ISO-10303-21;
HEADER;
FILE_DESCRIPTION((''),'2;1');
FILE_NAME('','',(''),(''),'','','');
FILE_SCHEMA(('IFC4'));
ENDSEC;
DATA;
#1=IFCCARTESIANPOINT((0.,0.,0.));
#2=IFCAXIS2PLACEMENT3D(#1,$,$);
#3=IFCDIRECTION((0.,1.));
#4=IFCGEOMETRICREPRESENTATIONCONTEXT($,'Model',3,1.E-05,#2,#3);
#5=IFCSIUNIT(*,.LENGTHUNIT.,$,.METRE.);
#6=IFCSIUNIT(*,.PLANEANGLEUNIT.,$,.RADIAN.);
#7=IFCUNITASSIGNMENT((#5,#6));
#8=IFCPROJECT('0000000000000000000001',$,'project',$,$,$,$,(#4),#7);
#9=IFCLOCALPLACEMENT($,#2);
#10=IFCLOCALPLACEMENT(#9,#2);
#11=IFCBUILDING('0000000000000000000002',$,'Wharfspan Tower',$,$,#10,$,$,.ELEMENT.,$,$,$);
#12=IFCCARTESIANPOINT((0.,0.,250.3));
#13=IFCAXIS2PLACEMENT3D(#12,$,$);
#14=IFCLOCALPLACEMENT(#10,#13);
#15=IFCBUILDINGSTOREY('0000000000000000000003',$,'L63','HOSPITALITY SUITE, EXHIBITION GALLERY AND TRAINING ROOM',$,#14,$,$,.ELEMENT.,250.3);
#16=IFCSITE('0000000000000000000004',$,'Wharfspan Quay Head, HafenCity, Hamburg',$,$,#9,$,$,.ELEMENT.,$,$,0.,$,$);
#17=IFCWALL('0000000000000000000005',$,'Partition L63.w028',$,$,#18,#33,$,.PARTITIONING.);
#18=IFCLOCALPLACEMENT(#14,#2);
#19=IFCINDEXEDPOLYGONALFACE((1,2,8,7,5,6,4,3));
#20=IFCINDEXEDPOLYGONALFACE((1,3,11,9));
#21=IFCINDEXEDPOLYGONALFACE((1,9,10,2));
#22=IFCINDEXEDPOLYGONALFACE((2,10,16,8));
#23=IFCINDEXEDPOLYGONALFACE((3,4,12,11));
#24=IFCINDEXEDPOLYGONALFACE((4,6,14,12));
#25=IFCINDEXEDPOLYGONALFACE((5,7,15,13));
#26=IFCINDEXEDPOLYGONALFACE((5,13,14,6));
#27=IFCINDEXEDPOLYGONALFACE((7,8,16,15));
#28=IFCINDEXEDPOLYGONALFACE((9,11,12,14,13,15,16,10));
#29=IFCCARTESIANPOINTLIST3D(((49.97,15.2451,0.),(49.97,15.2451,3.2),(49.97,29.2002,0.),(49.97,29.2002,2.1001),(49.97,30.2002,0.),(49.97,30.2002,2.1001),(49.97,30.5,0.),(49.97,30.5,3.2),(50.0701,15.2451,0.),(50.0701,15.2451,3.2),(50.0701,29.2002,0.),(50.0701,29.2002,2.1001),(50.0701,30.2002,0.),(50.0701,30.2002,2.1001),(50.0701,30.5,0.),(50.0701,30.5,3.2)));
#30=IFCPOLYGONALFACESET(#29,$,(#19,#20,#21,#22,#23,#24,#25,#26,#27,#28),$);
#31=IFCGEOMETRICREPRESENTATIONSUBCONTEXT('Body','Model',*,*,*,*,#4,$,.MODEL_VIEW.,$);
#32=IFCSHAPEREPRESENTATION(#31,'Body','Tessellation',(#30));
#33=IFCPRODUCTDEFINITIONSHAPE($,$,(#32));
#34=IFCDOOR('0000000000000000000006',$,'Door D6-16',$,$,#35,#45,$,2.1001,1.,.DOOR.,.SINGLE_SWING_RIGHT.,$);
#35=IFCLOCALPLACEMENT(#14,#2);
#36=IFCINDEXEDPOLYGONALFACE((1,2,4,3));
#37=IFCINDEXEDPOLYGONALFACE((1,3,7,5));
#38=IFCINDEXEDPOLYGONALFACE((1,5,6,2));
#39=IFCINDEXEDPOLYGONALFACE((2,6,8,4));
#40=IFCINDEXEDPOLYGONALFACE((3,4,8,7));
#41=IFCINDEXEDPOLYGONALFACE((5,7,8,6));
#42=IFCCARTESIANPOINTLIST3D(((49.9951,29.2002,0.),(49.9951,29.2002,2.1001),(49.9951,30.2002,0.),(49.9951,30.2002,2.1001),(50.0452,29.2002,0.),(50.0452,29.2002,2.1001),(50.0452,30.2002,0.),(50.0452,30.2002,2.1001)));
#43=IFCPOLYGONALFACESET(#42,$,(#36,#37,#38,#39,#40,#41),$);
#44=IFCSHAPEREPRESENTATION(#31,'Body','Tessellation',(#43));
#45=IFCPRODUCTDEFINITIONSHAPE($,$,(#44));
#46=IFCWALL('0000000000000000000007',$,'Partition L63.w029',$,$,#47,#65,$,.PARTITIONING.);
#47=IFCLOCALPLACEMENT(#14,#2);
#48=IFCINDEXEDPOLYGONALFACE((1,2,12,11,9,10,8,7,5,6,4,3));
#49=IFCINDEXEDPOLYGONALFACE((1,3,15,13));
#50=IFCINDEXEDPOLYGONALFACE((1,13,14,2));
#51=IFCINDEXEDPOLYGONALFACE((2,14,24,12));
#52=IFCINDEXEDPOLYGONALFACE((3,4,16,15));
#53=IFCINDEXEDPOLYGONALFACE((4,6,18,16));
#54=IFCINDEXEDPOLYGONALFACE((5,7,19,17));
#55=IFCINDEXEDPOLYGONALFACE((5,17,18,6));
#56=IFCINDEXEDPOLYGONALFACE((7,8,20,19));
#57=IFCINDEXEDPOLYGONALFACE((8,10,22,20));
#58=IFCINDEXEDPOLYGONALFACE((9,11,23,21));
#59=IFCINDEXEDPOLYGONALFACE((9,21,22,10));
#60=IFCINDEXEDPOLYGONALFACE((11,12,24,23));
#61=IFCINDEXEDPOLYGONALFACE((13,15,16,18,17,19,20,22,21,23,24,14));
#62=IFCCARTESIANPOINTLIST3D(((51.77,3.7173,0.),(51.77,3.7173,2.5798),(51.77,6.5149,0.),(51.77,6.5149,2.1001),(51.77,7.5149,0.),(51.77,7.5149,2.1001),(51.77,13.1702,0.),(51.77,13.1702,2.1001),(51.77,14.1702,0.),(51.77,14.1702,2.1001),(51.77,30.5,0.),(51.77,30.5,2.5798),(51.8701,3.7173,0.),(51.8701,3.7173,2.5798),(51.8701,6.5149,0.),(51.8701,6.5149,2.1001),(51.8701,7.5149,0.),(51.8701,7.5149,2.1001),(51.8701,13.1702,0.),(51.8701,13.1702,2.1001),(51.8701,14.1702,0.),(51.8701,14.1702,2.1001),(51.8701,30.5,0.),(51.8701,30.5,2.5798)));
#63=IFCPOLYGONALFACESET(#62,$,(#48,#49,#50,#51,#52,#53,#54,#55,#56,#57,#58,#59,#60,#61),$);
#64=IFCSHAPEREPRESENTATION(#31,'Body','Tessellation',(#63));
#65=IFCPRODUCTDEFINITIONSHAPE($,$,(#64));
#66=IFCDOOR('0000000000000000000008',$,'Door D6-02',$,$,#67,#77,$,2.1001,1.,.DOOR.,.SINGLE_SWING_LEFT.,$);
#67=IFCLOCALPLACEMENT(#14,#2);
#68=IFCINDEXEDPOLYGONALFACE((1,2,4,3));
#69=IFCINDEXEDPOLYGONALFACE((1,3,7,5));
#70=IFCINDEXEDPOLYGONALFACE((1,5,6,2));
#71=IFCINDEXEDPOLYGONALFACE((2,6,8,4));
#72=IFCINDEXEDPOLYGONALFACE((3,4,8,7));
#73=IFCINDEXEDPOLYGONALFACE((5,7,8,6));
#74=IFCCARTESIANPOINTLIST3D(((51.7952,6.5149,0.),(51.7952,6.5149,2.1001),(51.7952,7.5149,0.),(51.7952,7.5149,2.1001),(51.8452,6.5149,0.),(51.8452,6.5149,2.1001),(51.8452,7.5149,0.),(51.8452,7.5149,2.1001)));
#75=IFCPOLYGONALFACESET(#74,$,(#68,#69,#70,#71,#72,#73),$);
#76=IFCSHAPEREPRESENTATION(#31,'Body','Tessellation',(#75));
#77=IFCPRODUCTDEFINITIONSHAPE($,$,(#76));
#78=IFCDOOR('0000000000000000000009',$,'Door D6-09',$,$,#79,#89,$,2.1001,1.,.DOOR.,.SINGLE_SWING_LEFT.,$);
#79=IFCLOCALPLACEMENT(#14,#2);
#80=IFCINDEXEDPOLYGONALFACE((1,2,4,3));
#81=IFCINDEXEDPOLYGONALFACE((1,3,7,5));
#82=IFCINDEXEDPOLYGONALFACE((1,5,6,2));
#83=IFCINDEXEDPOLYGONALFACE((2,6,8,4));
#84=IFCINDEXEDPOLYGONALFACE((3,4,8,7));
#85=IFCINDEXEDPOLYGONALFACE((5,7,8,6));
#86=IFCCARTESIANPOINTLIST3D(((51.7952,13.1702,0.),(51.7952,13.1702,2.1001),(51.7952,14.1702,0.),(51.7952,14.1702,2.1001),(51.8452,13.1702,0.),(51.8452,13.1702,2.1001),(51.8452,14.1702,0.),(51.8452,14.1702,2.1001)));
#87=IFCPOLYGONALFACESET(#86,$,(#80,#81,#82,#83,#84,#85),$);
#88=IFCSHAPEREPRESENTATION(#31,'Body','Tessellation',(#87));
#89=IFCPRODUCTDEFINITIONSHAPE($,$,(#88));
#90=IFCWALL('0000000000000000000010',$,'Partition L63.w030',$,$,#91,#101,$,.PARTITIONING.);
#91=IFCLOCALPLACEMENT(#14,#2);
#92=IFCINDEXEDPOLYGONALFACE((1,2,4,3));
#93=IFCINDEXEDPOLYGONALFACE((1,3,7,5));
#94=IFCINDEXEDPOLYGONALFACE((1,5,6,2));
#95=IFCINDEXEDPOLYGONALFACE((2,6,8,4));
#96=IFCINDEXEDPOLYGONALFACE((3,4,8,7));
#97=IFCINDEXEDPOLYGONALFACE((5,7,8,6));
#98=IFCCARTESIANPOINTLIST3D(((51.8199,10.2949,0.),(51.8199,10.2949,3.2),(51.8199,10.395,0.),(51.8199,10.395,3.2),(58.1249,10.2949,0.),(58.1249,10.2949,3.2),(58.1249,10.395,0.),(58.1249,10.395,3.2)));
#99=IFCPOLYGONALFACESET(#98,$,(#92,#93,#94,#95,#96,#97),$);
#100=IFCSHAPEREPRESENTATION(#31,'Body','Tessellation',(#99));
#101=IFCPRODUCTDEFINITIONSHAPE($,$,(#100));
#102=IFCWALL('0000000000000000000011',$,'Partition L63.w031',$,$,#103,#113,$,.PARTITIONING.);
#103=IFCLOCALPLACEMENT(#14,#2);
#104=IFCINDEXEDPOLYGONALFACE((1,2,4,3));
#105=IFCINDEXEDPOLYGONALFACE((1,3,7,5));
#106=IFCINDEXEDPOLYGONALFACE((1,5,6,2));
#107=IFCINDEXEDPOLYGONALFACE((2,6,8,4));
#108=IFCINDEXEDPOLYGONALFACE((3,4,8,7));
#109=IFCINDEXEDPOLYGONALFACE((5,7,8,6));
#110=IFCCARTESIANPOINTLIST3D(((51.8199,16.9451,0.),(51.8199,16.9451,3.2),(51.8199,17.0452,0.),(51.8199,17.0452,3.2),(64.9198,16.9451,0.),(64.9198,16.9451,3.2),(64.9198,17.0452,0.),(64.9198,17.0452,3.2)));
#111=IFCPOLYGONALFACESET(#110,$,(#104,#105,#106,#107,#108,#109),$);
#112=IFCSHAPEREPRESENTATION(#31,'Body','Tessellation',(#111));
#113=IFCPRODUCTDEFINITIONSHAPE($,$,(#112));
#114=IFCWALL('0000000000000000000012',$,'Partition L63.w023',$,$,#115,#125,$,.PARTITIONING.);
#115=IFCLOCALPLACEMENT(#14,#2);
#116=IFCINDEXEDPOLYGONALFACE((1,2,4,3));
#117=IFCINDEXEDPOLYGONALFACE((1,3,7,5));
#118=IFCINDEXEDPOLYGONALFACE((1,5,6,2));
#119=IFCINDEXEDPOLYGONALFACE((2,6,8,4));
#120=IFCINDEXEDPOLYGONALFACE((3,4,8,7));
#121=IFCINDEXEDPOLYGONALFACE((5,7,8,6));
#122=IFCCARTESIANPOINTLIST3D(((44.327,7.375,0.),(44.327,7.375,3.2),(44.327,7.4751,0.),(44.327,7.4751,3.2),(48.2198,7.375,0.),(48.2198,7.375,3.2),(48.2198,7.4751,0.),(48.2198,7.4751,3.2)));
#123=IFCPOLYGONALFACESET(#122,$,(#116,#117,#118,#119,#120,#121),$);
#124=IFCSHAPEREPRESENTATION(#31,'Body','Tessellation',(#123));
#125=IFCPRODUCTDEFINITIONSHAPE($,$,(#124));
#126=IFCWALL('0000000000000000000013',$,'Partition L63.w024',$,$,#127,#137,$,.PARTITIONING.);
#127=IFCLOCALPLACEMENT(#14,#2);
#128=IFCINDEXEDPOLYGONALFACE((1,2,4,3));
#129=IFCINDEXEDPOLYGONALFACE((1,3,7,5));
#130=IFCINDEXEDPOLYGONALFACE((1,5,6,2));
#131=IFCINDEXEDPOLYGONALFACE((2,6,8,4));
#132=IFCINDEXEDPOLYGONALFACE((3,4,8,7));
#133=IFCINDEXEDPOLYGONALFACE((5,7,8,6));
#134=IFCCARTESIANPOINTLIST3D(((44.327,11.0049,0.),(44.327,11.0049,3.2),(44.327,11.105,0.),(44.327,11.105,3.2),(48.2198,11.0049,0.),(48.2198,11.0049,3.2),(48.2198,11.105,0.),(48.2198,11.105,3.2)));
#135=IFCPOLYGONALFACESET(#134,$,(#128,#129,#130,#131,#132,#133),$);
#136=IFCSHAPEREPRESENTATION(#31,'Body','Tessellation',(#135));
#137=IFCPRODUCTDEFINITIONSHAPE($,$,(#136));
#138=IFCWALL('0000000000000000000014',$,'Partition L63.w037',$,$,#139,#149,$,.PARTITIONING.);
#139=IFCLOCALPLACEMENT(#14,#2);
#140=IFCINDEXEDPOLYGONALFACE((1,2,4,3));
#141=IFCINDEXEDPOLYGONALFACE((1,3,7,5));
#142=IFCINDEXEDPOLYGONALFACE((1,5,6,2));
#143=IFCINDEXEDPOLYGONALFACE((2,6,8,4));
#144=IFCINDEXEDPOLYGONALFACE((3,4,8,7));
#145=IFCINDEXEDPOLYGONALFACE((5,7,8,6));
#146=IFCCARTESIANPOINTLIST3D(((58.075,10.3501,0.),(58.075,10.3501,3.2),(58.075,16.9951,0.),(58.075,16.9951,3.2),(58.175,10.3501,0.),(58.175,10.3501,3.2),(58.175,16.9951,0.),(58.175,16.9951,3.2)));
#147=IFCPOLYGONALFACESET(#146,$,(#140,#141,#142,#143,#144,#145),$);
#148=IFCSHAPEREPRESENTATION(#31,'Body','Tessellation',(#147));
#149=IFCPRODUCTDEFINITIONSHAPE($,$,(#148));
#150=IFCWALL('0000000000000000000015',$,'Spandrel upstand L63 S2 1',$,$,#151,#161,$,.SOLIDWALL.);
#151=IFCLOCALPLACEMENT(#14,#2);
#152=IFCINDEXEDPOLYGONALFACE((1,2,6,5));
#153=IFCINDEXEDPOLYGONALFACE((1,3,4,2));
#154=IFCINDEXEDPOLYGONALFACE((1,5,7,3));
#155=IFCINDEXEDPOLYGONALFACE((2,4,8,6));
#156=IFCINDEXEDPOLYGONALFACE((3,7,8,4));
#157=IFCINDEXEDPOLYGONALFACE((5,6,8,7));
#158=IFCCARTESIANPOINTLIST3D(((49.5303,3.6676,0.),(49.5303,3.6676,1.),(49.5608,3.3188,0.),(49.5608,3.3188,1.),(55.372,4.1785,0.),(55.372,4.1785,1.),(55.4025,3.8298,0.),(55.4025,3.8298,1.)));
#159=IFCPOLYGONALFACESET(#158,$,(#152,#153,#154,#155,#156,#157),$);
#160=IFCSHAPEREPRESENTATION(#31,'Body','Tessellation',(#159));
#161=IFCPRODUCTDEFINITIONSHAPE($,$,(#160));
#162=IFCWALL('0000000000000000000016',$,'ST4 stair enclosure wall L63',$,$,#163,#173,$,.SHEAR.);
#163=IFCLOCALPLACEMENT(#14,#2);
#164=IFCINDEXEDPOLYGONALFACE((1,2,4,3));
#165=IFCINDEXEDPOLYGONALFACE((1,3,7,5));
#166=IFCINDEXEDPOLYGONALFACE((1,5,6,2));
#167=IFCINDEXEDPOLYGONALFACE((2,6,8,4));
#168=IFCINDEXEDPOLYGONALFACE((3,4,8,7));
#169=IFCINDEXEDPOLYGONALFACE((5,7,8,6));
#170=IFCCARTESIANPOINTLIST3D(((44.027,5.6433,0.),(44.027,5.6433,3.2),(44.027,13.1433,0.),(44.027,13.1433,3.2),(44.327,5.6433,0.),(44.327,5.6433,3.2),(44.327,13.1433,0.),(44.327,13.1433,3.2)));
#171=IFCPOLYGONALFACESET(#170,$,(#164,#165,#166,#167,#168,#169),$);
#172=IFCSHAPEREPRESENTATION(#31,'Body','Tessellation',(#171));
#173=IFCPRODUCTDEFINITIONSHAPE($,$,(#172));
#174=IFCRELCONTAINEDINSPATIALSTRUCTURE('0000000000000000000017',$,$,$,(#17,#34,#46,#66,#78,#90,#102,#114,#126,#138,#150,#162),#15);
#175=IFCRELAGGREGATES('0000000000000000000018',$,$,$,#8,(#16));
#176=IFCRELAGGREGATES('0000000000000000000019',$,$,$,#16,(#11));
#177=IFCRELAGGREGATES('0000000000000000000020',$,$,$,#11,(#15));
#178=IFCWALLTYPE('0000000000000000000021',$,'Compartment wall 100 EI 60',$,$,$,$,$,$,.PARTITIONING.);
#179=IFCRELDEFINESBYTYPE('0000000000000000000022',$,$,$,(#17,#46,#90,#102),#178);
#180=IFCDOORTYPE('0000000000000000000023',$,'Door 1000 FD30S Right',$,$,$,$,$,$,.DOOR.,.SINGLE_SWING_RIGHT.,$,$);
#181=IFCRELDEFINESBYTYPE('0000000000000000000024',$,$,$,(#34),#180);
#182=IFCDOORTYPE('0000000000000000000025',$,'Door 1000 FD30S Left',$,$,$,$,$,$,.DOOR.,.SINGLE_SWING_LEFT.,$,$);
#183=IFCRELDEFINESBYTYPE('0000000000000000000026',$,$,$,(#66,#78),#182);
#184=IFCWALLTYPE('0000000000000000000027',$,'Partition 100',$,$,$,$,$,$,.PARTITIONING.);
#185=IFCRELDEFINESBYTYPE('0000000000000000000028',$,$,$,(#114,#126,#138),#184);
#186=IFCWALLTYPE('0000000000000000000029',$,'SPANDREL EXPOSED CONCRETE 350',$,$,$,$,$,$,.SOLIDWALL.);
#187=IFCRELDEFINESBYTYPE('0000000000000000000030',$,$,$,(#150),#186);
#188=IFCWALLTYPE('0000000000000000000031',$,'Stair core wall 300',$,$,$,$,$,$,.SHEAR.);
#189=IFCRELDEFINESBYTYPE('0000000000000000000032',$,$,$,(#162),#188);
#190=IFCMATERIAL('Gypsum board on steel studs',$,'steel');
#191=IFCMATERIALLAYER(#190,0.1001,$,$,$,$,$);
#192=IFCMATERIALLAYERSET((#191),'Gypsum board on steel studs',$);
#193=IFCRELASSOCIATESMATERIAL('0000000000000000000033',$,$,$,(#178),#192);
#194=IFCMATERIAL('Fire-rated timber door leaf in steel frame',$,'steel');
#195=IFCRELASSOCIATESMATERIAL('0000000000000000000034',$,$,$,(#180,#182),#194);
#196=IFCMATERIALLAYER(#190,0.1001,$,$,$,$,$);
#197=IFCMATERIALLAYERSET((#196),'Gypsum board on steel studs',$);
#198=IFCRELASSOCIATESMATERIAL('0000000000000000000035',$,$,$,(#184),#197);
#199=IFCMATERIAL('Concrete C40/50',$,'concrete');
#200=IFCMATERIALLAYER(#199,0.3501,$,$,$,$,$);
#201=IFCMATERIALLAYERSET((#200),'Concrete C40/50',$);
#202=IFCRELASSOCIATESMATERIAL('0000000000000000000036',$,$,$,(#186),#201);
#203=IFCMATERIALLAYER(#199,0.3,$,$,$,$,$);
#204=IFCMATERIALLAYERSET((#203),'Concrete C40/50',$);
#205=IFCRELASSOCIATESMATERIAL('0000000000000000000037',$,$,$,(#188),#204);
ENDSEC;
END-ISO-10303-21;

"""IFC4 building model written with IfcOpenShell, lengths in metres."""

from ifc_helpers import new_model, si_unit, direction, frame, frame_2d, origin, place, context, subcontext, project, spatial, rectangle, extrude, material, layer, layer_set, type_object, element, fill, save


model = new_model("IFC4")

# Units and contexts
model_context = context("Model", 3, precision=1e-05, world=origin(), true_north=direction((0.0, 1.0)))
body_context = subcontext(model_context, "Body", "Model", "MODEL_VIEW")
ifc_project = project(units=[si_unit("LENGTHUNIT", "METRE"), si_unit("PLANEANGLEUNIT", "RADIAN")], contexts=[model_context])

# Site, building, storey
site_placement = place(None, origin())
site = spatial("IfcSite", under=ifc_project, at=site_placement, Name="Wharfspan Quay Head, HafenCity, Hamburg", CompositionType="ELEMENT", RefElevation=0.0)
building_placement = place(site_placement, origin())
building = spatial("IfcBuilding", under=site, at=building_placement, Name="Wharfspan Tower", CompositionType="ELEMENT")
storey_placement = place(building_placement, frame((0.0, 0.0, 250.3)))
storey = spatial("IfcBuildingStorey", under=building, at=storey_placement, Name="L63", Description="HOSPITALITY SUITE, EXHIBITION GALLERY AND TRAINING ROOM", CompositionType="ELEMENT", Elevation=250.3)

# Shared definitions
ifc_material_1 = material(Name="Gypsum board on steel studs", Category="steel")
ifc_layer_1 = layer(ifc_material_1, 0.1001)
ifc_layer_set_1 = layer_set([ifc_layer_1], Name="Gypsum board on steel studs")
wall_type_1 = type_object("IfcWallType", Name="Compartment wall 100 EI 60", PredefinedType="PARTITIONING", material=ifc_layer_set_1)

# Wall, opening, door
ifc_material_2 = material(Name="Fire-rated timber door leaf in steel frame", Category="steel")
wall_1_placement = place(storey_placement, frame((50.02, 15.2451, 0.0), z_axis=(0.0, 0.0, 1.0), x_axis=(0.0, 1.0, 0.0)))
wall_1 = element("IfcWall", 1, at=wall_1_placement, inside=storey, type_object=wall_type_1, Name="Partition L63.w028", PredefinedType="PARTITIONING", context=body_context, shape_type="SweptSolid", body=[
    extrude(rectangle(XDim=15.2549, YDim=0.1001, at=frame_2d((7.6274, 0.0))), origin(), (0.0, 0.0, 1.0), 3.2),
])
opening_1_placement = place(wall_1_placement, frame((13.9551, 0.0, 0.0)))
opening_1 = element("IfcOpeningElement", 2, at=opening_1_placement, cuts=wall_1, PredefinedType="OPENING", context=body_context, shape_type="SweptSolid", body=[
    extrude(rectangle(XDim=1.0, YDim=2.1001, at=frame_2d((0.5, 1.05))), frame((0.0, 0.0601, 0.0), z_axis=(0.0, -1.0, 0.0), x_axis=(1.0, 0.0, 0.0)), (0.0, 0.0, 1.0), 0.1201),
])
door_type_1 = type_object("IfcDoorType", Name="Door 1000 FD30S Right", OperationType="SINGLE_SWING_RIGHT", PredefinedType="DOOR", material=ifc_material_2)
door_1_placement = place(opening_1_placement, origin())
door_1 = element("IfcDoor", 3, at=door_1_placement, inside=storey, type_object=door_type_1, Name="Door D6-16", OperationType="SINGLE_SWING_RIGHT", OverallHeight=2.1001, OverallWidth=1.0, PredefinedType="DOOR", context=body_context, shape_type="SweptSolid", body=[
    extrude(rectangle(XDim=1.0, YDim=2.1001, at=frame_2d((0.5, 1.05))), frame((0.0, 0.0249, 0.0), z_axis=(0.0, -1.0, 0.0), x_axis=(1.0, 0.0, 0.0)), (0.0, 0.0, 1.0), 0.05),
])
fill(opening_1, door_1)

# Wall, openings, doors
wall_2_placement = place(storey_placement, frame((51.8201, 3.7173, 0.0), z_axis=(0.0, 0.0, 1.0), x_axis=(0.0, 1.0, 0.0)))
wall_2 = element("IfcWall", 4, at=wall_2_placement, inside=storey, type_object=wall_type_1, Name="Partition L63.w029", PredefinedType="PARTITIONING", context=body_context, shape_type="SweptSolid", body=[
    extrude(rectangle(XDim=26.7827, YDim=0.1001, at=frame_2d((13.3914, 0.0))), origin(), (0.0, 0.0, 1.0), 2.5798),
])
opening_2_placement = place(wall_2_placement, frame((2.7976, 0.0, 0.0)))
opening_2 = element("IfcOpeningElement", 5, at=opening_2_placement, cuts=wall_2, PredefinedType="OPENING", context=body_context, shape_type="SweptSolid", body=[
    extrude(rectangle(XDim=1.0, YDim=2.1001, at=frame_2d((0.5, 1.05))), frame((0.0, 0.0601, 0.0), z_axis=(0.0, -1.0, 0.0), x_axis=(1.0, 0.0, 0.0)), (0.0, 0.0, 1.0), 0.1201),
])
opening_3_placement = place(wall_2_placement, frame((9.4529, 0.0, 0.0)))
opening_3 = element("IfcOpeningElement", 6, at=opening_3_placement, cuts=wall_2, PredefinedType="OPENING", context=body_context, shape_type="SweptSolid", body=[
    extrude(rectangle(XDim=1.0, YDim=2.1001, at=frame_2d((0.5, 1.05))), frame((0.0, 0.0601, 0.0), z_axis=(0.0, -1.0, 0.0), x_axis=(1.0, 0.0, 0.0)), (0.0, 0.0, 1.0), 0.1201),
])
door_type_2 = type_object("IfcDoorType", Name="Door 1000 FD30S Left", OperationType="SINGLE_SWING_LEFT", PredefinedType="DOOR", material=ifc_material_2)
door_2_placement = place(opening_2_placement, origin())
door_2 = element("IfcDoor", 7, at=door_2_placement, inside=storey, type_object=door_type_2, Name="Door D6-02", OperationType="SINGLE_SWING_LEFT", OverallHeight=2.1001, OverallWidth=1.0, PredefinedType="DOOR", context=body_context, shape_type="SweptSolid", body=[
    extrude(rectangle(XDim=1.0, YDim=2.1001, at=frame_2d((0.5, 1.05))), frame((0.0, 0.0249, 0.0), z_axis=(0.0, -1.0, 0.0), x_axis=(1.0, 0.0, 0.0)), (0.0, 0.0, 1.0), 0.05),
])
fill(opening_2, door_2)
door_3_placement = place(opening_3_placement, origin())
door_3 = element("IfcDoor", 8, at=door_3_placement, inside=storey, type_object=door_type_2, Name="Door D6-09", OperationType="SINGLE_SWING_LEFT", OverallHeight=2.1001, OverallWidth=1.0, PredefinedType="DOOR", context=body_context, shape_type="SweptSolid", body=[
    extrude(rectangle(XDim=1.0, YDim=2.1001, at=frame_2d((0.5, 1.05))), frame((0.0, 0.0249, 0.0), z_axis=(0.0, -1.0, 0.0), x_axis=(1.0, 0.0, 0.0)), (0.0, 0.0, 1.0), 0.05),
])
fill(opening_3, door_3)

# Walls
wall_3_placement = place(storey_placement, frame((51.8201, 10.345, 0.0), z_axis=(0.0, 0.0, 1.0), x_axis=(1.0, 0.0, 0.0)))
element("IfcWall", 9, at=wall_3_placement, inside=storey, type_object=wall_type_1, Name="Partition L63.w030", PredefinedType="PARTITIONING", context=body_context, shape_type="SweptSolid", body=[
    extrude(rectangle(XDim=6.3049, YDim=0.1001, at=frame_2d((3.1523, 0.0))), origin(), (0.0, 0.0, 1.0), 3.2),
])
wall_4_placement = place(storey_placement, frame((51.8201, 16.9951, 0.0), z_axis=(0.0, 0.0, 1.0), x_axis=(1.0, 0.0, 0.0)))
element("IfcWall", 10, at=wall_4_placement, inside=storey, type_object=wall_type_1, Name="Partition L63.w031", PredefinedType="PARTITIONING", context=body_context, shape_type="SweptSolid", body=[
    extrude(rectangle(XDim=13.0999, YDim=0.1001, at=frame_2d((6.5498, 0.0))), origin(), (0.0, 0.0, 1.0), 3.2),
])
ifc_layer_2 = layer(ifc_material_1, 0.1001)
ifc_layer_set_2 = layer_set([ifc_layer_2], Name="Gypsum board on steel studs")
wall_type_2 = type_object("IfcWallType", Name="Partition 100", PredefinedType="PARTITIONING", material=ifc_layer_set_2)
for number, where, z_axis, x_axis, name in (
    (11, (44.3271, 7.425, 0.0), (0.0, 0.0, 1.0), (1.0, 0.0, 0.0), "Partition L63.w023"),
    (12, (44.3271, 11.0549, 0.0), (0.0, 0.0, 1.0), (1.0, 0.0, 0.0), "Partition L63.w024"),
):
    element("IfcWall", number, at=place(storey_placement, frame(where, z_axis=z_axis, x_axis=x_axis)), inside=storey, type_object=wall_type_2, Name=name, PredefinedType="PARTITIONING", context=body_context, shape_type="SweptSolid", body=[
        extrude(rectangle(XDim=3.8928, YDim=0.1001, at=frame_2d((1.9463, 0.0))), origin(), (0.0, 0.0, 1.0), 3.2),
    ])
wall_5_placement = place(storey_placement, frame((58.125, 10.3501, 0.0), z_axis=(0.0, 0.0, 1.0), x_axis=(0.0, 1.0, 0.0)))
element("IfcWall", 13, at=wall_5_placement, inside=storey, type_object=wall_type_2, Name="Partition L63.w037", PredefinedType="PARTITIONING", context=body_context, shape_type="SweptSolid", body=[
    extrude(rectangle(XDim=6.645, YDim=0.1001, at=frame_2d((3.3225, 0.0))), origin(), (0.0, 0.0, 1.0), 3.2),
])
ifc_material_3 = material(Name="Concrete C40/50", Category="concrete")
ifc_layer_3 = layer(ifc_material_3, 0.3501)
ifc_layer_set_3 = layer_set([ifc_layer_3], Name="Concrete C40/50")
wall_type_3 = type_object("IfcWallType", Name="SPANDREL EXPOSED CONCRETE 350", PredefinedType="SOLIDWALL", material=ifc_layer_set_3)
wall_6_placement = place(storey_placement, frame((49.5454, 3.4932, 0.0), z_axis=(0.0, 0.0, 1.0), x_axis=(0.996196, 0.087138, 0.0)))
element("IfcWall", 14, at=wall_6_placement, inside=storey, type_object=wall_type_3, Name="Spandrel upstand L63 S2 1", PredefinedType="SOLIDWALL", context=body_context, shape_type="SweptSolid", body=[
    extrude(rectangle(XDim=5.864, YDim=0.3501, at=frame_2d((2.9321, 0.0))), origin(), (0.0, 0.0, 1.0), 1.0),
])
ifc_layer_4 = layer(ifc_material_3, 0.3)
ifc_layer_set_4 = layer_set([ifc_layer_4], Name="Concrete C40/50")
wall_type_4 = type_object("IfcWallType", Name="Stair core wall 300", PredefinedType="SHEAR", material=ifc_layer_set_4)
wall_7_placement = place(storey_placement, frame((44.177, 5.6433, 0.0), z_axis=(0.0, 0.0, 1.0), x_axis=(0.0, 1.0, 0.0)))
element("IfcWall", 15, at=wall_7_placement, inside=storey, type_object=wall_type_4, Name="ST4 stair enclosure wall L63", PredefinedType="SHEAR", context=body_context, shape_type="SweptSolid", body=[
    extrude(rectangle(XDim=7.5, YDim=0.3, at=frame_2d((3.75, 0.0))), origin(), (0.0, 0.0, 1.0), 3.2),
])

save(model, "model.ifc")
